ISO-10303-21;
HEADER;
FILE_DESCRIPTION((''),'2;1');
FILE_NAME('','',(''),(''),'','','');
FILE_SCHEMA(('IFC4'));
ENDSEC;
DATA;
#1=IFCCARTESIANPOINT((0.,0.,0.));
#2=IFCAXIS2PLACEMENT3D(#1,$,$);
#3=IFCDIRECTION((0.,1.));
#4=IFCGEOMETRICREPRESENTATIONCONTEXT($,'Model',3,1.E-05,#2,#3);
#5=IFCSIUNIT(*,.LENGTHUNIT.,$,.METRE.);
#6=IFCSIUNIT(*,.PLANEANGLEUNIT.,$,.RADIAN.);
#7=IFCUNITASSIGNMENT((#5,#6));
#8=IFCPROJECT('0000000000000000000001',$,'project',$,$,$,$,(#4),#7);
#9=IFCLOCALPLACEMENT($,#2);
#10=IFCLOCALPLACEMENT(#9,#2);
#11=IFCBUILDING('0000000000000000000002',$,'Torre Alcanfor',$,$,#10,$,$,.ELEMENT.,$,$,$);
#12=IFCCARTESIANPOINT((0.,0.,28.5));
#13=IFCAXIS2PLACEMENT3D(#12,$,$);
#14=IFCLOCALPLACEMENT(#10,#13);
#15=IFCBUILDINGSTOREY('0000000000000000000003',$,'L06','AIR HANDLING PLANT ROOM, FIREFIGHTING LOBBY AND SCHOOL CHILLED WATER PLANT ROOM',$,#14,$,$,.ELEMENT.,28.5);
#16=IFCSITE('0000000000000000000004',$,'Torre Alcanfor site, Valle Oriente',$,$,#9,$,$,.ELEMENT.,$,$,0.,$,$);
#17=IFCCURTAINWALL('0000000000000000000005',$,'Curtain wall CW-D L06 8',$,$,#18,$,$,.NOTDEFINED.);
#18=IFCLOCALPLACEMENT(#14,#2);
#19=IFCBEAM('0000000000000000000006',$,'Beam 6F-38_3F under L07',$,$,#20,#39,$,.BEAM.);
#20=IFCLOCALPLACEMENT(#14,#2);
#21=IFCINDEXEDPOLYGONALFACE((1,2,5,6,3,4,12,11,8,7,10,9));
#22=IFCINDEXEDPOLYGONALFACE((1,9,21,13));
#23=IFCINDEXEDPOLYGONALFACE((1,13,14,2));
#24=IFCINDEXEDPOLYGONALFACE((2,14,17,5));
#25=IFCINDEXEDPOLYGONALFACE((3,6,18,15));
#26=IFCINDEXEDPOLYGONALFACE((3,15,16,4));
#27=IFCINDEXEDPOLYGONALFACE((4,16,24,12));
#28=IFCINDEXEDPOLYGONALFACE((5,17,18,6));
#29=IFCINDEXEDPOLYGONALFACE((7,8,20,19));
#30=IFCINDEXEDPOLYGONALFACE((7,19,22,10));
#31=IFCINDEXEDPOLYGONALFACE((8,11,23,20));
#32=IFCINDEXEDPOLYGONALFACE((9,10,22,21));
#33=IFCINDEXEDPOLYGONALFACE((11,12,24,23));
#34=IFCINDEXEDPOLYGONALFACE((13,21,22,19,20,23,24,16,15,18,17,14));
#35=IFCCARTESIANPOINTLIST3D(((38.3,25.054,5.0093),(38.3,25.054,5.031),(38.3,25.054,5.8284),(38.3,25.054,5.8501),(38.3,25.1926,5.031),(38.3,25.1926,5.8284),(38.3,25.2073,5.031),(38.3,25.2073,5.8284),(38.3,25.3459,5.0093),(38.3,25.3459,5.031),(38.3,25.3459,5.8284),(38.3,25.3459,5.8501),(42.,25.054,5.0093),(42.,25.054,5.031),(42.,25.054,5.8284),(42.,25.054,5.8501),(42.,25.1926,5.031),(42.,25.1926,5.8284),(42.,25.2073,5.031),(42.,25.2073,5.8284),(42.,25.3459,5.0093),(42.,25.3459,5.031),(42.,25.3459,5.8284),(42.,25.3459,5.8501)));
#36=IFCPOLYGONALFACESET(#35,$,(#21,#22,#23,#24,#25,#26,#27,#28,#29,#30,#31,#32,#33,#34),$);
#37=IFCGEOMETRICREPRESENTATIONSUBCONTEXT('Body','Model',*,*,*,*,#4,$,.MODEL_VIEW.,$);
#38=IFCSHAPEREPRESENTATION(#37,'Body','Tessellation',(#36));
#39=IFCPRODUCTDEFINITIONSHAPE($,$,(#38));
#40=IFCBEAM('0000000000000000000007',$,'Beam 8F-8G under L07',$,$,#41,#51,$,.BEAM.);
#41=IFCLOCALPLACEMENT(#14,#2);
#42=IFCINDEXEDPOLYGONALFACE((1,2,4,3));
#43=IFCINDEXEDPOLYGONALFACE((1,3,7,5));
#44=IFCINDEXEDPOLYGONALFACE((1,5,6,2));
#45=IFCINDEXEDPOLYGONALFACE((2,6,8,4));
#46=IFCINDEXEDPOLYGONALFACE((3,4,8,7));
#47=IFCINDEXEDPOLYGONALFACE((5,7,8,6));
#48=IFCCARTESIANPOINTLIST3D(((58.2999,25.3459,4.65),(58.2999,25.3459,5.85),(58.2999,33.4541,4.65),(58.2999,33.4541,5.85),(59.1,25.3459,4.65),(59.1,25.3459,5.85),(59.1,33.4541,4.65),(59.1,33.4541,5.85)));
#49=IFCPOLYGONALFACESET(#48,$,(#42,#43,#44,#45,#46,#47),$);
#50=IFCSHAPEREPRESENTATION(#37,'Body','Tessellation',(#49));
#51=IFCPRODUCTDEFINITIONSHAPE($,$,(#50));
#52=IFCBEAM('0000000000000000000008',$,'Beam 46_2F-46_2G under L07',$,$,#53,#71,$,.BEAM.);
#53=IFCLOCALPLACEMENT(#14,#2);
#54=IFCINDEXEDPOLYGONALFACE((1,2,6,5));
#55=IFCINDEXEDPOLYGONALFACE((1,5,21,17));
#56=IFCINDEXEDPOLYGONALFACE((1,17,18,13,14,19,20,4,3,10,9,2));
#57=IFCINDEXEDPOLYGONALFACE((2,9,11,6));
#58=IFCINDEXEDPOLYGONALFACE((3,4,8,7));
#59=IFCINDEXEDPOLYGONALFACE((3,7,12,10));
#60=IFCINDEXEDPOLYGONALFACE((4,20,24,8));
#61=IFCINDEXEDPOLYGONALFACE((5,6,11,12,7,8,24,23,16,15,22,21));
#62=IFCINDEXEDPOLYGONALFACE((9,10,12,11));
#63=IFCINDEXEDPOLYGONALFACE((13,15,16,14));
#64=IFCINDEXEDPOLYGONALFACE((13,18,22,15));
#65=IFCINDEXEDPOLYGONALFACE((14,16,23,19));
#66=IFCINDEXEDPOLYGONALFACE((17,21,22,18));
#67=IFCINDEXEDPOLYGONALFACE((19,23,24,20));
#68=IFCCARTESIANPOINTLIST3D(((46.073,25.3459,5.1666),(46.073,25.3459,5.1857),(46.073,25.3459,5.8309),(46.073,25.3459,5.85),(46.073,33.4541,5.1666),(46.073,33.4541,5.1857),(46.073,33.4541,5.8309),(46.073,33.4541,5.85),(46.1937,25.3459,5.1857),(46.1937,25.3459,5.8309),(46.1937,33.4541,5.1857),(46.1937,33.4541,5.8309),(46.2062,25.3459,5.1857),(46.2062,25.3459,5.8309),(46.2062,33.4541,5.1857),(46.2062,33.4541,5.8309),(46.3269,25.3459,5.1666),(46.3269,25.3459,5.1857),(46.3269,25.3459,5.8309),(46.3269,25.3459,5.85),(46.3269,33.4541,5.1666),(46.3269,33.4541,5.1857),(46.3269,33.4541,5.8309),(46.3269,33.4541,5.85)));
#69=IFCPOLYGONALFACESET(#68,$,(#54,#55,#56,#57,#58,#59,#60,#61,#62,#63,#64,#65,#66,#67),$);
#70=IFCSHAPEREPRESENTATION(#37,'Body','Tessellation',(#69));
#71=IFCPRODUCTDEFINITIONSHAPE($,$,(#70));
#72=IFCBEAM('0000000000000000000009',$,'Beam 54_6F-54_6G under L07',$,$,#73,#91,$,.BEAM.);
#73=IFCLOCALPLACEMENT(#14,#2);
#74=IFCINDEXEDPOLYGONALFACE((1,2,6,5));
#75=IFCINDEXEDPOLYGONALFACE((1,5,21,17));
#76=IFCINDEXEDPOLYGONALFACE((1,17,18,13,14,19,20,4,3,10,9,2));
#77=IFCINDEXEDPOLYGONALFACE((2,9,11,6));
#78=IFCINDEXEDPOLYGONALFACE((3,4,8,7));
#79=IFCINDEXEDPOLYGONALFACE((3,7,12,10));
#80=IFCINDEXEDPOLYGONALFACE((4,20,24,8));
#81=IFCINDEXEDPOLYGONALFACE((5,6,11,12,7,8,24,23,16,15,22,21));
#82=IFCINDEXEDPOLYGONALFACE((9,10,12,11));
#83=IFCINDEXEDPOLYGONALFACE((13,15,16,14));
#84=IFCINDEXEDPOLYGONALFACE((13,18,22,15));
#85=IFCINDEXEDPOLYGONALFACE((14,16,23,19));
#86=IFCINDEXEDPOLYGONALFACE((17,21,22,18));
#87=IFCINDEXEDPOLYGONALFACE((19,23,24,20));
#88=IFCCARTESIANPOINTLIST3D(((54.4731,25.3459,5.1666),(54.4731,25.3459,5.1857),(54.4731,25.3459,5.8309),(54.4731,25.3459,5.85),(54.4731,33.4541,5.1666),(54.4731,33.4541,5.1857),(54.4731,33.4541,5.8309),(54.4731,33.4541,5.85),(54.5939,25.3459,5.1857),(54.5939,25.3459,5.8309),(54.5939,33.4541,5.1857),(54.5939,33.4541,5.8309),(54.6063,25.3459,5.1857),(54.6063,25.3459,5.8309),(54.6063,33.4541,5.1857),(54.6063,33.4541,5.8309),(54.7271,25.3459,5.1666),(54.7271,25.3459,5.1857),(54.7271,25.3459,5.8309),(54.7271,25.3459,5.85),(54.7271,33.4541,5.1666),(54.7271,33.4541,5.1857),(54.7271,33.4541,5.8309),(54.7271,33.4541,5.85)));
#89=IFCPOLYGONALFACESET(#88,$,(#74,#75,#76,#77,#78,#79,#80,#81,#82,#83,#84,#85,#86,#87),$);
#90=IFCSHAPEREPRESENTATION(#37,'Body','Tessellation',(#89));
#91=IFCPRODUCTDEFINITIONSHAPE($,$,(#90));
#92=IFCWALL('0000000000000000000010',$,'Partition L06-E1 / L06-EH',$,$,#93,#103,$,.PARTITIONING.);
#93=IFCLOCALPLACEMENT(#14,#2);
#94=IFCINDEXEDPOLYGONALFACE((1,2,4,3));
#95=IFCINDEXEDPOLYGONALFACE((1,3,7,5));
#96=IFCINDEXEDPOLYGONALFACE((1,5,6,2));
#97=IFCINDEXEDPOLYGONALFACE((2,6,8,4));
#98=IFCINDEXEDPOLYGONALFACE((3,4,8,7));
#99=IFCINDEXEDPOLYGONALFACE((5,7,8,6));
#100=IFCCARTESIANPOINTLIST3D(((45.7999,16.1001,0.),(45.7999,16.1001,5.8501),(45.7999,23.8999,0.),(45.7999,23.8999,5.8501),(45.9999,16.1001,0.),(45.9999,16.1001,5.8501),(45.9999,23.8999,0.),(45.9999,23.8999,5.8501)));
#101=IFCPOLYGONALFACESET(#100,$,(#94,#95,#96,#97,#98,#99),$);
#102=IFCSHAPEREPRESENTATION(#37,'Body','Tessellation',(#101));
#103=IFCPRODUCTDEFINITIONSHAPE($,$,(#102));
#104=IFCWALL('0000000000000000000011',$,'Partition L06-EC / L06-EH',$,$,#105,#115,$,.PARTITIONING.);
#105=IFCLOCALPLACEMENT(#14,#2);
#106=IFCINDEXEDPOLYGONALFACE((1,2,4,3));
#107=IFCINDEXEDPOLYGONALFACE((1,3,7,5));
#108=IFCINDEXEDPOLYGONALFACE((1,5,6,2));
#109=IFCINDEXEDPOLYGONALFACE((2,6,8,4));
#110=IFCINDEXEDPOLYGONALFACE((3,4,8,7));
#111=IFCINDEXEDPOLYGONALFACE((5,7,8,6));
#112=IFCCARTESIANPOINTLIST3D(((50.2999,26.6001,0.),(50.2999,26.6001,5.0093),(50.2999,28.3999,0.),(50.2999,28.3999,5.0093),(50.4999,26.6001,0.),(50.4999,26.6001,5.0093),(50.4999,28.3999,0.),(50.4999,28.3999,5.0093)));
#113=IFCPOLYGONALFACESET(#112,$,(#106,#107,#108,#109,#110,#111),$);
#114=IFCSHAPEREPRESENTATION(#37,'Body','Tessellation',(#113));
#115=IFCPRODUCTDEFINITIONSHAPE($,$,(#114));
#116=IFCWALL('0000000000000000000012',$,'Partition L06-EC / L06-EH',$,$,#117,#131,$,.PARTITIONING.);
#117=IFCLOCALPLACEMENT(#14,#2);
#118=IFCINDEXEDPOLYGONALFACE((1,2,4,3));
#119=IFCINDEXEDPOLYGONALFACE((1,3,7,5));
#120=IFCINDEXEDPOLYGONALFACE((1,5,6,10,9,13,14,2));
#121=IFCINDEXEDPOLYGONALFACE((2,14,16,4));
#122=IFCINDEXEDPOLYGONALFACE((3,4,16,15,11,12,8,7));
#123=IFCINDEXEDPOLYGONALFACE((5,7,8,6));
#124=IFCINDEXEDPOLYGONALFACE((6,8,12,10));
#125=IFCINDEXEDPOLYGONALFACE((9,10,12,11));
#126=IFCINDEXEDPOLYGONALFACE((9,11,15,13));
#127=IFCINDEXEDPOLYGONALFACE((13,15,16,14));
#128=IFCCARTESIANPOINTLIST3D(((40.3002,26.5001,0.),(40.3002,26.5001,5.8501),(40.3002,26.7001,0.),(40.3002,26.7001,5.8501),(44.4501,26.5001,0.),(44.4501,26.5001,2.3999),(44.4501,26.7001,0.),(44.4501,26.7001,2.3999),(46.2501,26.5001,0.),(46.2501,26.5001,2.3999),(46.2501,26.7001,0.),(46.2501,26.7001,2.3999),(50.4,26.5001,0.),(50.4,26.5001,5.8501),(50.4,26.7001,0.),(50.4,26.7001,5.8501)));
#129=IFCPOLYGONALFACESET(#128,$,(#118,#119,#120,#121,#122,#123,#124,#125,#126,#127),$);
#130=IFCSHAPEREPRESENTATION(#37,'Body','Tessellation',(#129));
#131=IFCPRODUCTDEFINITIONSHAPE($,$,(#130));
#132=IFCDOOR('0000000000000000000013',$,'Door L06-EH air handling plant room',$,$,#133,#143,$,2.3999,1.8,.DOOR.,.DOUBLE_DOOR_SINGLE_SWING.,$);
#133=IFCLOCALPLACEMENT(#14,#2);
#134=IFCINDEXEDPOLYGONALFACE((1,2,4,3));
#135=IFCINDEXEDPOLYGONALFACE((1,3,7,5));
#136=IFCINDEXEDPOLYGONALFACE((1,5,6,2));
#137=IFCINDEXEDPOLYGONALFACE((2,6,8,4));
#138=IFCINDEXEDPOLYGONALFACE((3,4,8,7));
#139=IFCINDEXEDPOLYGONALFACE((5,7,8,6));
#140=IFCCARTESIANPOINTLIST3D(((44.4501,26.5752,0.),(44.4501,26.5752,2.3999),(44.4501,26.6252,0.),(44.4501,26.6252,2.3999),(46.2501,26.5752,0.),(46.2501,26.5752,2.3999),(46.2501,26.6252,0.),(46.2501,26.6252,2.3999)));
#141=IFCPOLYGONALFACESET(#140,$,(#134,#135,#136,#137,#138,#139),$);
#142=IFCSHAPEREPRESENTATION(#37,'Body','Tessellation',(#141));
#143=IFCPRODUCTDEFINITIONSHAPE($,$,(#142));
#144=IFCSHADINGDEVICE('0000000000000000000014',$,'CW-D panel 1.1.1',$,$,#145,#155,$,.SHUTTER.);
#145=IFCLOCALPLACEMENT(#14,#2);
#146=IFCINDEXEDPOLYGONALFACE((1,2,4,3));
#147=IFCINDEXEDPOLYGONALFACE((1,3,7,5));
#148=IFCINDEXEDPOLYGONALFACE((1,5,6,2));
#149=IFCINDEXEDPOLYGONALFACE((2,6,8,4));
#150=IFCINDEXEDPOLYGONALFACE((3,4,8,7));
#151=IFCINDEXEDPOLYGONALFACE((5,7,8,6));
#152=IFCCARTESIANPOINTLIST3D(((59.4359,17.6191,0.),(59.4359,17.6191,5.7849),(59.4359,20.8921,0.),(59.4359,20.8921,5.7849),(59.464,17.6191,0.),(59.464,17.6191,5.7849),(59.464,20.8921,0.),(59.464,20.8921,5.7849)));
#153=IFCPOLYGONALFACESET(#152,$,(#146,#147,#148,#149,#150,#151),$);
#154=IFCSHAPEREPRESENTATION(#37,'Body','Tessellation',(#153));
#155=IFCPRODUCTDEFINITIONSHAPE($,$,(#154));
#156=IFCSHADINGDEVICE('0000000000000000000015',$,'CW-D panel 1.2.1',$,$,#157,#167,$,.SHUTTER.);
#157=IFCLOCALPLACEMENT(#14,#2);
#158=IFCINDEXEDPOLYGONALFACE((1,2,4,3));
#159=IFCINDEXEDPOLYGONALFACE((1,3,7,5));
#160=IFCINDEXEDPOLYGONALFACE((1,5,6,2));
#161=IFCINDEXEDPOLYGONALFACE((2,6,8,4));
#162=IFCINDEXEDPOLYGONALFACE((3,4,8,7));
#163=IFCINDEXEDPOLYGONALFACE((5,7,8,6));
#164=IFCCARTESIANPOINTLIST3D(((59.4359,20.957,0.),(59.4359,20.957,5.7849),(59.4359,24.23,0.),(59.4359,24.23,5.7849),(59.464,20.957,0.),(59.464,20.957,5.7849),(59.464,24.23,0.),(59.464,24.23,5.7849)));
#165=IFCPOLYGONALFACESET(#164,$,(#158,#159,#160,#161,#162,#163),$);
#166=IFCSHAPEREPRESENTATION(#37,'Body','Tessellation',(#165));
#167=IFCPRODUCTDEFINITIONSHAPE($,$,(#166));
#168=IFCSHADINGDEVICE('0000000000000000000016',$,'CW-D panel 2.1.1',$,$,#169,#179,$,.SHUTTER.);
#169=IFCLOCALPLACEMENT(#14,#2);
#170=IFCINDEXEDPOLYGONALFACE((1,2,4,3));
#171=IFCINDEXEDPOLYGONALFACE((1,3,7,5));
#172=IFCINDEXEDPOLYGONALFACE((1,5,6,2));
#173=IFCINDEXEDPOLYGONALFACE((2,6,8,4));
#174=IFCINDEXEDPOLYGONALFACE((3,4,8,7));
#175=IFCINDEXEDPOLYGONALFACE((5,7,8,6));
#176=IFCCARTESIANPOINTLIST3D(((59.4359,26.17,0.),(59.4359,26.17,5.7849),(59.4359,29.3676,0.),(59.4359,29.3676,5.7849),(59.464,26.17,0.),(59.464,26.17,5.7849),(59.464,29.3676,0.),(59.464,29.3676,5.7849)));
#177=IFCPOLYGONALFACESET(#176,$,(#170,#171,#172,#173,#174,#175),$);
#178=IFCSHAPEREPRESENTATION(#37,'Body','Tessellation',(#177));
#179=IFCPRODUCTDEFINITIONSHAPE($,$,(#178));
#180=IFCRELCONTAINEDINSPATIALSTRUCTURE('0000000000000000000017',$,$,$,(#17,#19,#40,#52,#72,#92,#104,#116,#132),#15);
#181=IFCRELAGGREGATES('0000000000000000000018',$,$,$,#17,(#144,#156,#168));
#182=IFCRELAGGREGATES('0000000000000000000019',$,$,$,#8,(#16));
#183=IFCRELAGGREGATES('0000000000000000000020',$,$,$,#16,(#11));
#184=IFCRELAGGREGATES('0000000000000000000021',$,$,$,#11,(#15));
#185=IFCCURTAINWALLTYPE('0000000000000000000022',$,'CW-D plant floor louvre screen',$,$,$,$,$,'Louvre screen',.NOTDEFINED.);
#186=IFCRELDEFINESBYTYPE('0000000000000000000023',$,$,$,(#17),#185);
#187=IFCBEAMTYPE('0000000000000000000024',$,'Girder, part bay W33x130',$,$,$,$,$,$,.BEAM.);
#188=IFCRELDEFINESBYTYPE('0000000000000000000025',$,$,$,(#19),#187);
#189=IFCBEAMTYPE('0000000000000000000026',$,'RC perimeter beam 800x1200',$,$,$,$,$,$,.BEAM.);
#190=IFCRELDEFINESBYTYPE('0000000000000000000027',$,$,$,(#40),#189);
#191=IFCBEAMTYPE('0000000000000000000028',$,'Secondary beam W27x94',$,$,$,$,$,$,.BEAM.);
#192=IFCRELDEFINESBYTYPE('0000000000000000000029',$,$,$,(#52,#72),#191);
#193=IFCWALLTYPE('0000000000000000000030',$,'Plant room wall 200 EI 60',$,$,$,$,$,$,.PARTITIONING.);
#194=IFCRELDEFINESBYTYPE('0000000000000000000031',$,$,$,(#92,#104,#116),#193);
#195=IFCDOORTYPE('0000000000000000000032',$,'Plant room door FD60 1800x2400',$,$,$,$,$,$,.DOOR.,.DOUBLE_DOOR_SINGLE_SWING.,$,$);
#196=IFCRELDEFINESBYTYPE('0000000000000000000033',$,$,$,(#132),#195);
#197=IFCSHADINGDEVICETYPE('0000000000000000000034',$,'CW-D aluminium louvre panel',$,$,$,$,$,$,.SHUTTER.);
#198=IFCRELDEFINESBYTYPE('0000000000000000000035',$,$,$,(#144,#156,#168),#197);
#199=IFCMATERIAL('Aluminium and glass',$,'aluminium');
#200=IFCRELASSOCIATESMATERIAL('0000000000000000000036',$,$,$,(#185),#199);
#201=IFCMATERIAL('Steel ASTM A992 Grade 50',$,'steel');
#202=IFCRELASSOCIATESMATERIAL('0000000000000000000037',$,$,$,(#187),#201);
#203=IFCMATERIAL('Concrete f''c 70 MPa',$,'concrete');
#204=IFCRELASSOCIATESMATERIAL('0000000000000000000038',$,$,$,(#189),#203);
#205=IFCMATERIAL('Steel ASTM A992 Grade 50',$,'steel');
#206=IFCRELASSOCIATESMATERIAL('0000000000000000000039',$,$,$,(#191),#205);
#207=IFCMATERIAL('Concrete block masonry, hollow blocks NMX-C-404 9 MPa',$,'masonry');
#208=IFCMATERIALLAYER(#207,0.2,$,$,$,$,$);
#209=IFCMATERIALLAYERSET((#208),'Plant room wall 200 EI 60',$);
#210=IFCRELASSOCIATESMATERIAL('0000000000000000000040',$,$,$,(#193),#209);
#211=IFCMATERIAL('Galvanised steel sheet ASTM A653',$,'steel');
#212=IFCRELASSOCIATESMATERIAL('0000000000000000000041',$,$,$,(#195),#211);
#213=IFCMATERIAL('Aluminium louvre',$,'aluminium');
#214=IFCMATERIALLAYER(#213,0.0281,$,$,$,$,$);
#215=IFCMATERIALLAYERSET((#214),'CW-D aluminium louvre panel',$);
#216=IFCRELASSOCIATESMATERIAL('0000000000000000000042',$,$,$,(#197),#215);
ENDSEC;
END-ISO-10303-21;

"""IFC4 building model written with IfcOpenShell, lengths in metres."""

from ifc_helpers import new_model, si_unit, direction, frame, frame_2d, origin, origin_2d, place, context, subcontext, project, spatial, rectangle, i_section, extrude, material, layer, layer_set, material_profile, profile_set, type_object, element, fill, aggregate, save


model = new_model("IFC4")

# Units and contexts
model_context = context("Model", 3, precision=1e-05, world=origin(), true_north=direction((0.0, 1.0)))
body_context = subcontext(model_context, "Body", "Model", "MODEL_VIEW")
ifc_project = project(units=[si_unit("LENGTHUNIT", "METRE"), si_unit("PLANEANGLEUNIT", "RADIAN")], contexts=[model_context])

# Site, building, storey
site_placement = place(None, origin())
site = spatial("IfcSite", under=ifc_project, at=site_placement, Name="Torre Alcanfor site, Valle Oriente", CompositionType="ELEMENT", RefElevation=0.0)
building_placement = place(site_placement, origin())
building = spatial("IfcBuilding", under=site, at=building_placement, Name="Torre Alcanfor", CompositionType="ELEMENT")
storey_placement = place(building_placement, frame((0.0, 0.0, 28.5)))
storey = spatial("IfcBuildingStorey", under=building, at=storey_placement, Name="L06", Description="AIR HANDLING PLANT ROOM, FIREFIGHTING LOBBY AND SCHOOL CHILLED WATER PLANT ROOM", CompositionType="ELEMENT", Elevation=28.5)

# Curtain wall
ifc_material_1 = material(Name="Aluminium and glass", Category="aluminium")
curtain_wall_type = type_object("IfcCurtainWallType", Name="CW-D plant floor louvre screen", ElementType="Louvre screen", PredefinedType="NOTDEFINED", material=ifc_material_1)
curtain_wall_placement = place(storey_placement, origin())
curtain_wall = element("IfcCurtainWall", 1, at=curtain_wall_placement, inside=storey, type_object=curtain_wall_type, Name="Curtain wall CW-D L06 8", PredefinedType="NOTDEFINED")

# Beams
ifc_material_2 = material(Name="Steel ASTM A992 Grade 50", Category="steel")
ifc_material_profile_1 = material_profile(ifc_material_2, i_section(OverallWidth=0.292, OverallDepth=0.8408, WebThickness=0.0146, FlangeThickness=0.0217, at=origin_2d()), Name="W33x130")
ifc_profile_set_1 = profile_set([ifc_material_profile_1], Name="Steel ASTM A992 Grade 50")
beam_type_1 = type_object("IfcBeamType", Name="Girder, part bay W33x130", PredefinedType="BEAM", material=ifc_profile_set_1)
beam_1_placement = place(storey_placement, frame((42.0, 25.2, 5.4297), z_axis=(-1.0, 0.0, 0.0), x_axis=(0.0, -1.0, 0.0)))
element("IfcBeam", 2, at=beam_1_placement, inside=storey, type_object=beam_type_1, Name="Beam 6F-38_3F under L07", PredefinedType="BEAM", context=body_context, shape_type="SweptSolid", body=[
    extrude(i_section(OverallWidth=0.292, OverallDepth=0.8408, WebThickness=0.0146, FlangeThickness=0.0217, at=origin_2d()), origin(), (0.0, 0.0, 1.0), 3.7),
])
ifc_material_3 = material(Name="Concrete f'c 70 MPa", Category="concrete")
ifc_material_profile_2 = material_profile(ifc_material_3, rectangle(XDim=0.8, YDim=1.2, at=origin_2d()), Name="800x1200")
ifc_profile_set_2 = profile_set([ifc_material_profile_2], Name="Concrete f'c 70 MPa")
beam_type_2 = type_object("IfcBeamType", Name="RC perimeter beam 800x1200", PredefinedType="BEAM", material=ifc_profile_set_2)
beam_2_placement = place(storey_placement, frame((58.7, 25.3459, 5.25), z_axis=(0.0, 1.0, 0.0), x_axis=(-1.0, 0.0, 0.0)))
element("IfcBeam", 3, at=beam_2_placement, inside=storey, type_object=beam_type_2, Name="Beam 8F-8G under L07", PredefinedType="BEAM", context=body_context, shape_type="SweptSolid", body=[
    extrude(rectangle(XDim=0.8, YDim=1.2, at=origin_2d()), origin(), (0.0, 0.0, 1.0), 8.1082),
])
ifc_material_4 = material(Name="Steel ASTM A992 Grade 50", Category="steel")
ifc_material_profile_3 = material_profile(ifc_material_4, i_section(OverallWidth=0.2539, OverallDepth=0.6833, WebThickness=0.0125, FlangeThickness=0.019, at=origin_2d()), Name="W27x94")
ifc_profile_set_3 = profile_set([ifc_material_profile_3], Name="Steel ASTM A992 Grade 50")
beam_type_3 = type_object("IfcBeamType", Name="Secondary beam W27x94", PredefinedType="BEAM", material=ifc_profile_set_3)
for number, where, z_axis, x_axis, name in (
    (4, (46.2, 25.3459, 5.5083), (0.0, 1.0, 0.0), (-1.0, 0.0, 0.0), "Beam 46_2F-46_2G under L07"),
    (5, (54.6001, 25.3459, 5.5083), (0.0, 1.0, 0.0), (-1.0, 0.0, 0.0), "Beam 54_6F-54_6G under L07"),
):
    element("IfcBeam", number, at=place(storey_placement, frame(where, z_axis=z_axis, x_axis=x_axis)), inside=storey, type_object=beam_type_3, Name=name, PredefinedType="BEAM", context=body_context, shape_type="SweptSolid", body=[
        extrude(i_section(OverallWidth=0.2539, OverallDepth=0.6833, WebThickness=0.0125, FlangeThickness=0.019, at=origin_2d()), origin(), (0.0, 0.0, 1.0), 8.1082),
    ])

# Wall
ifc_material_5 = material(Name="Concrete block masonry, hollow blocks NMX-C-404 9 MPa", Category="masonry")
ifc_layer_1 = layer(ifc_material_5, 0.2)
ifc_layer_set_1 = layer_set([ifc_layer_1], Name="Plant room wall 200 EI 60")
wall_type = type_object("IfcWallType", Name="Plant room wall 200 EI 60", PredefinedType="PARTITIONING", material=ifc_layer_set_1)
wall_1_placement = place(storey_placement, frame((45.8999, 23.8999, 0.0), z_axis=(0.0, 0.0, 1.0), x_axis=(0.0, -1.0, 0.0)))
element("IfcWall", 6, at=wall_1_placement, inside=storey, type_object=wall_type, Name="Partition L06-E1 / L06-EH", PredefinedType="PARTITIONING", context=body_context, shape_type="SweptSolid", body=[
    extrude(rectangle(XDim=7.7998, YDim=0.2, at=frame_2d((3.8999, 0.0))), origin(), (0.0, 0.0, 1.0), 5.8501),
])

# Shared definitions
ifc_material_6 = material(Name="Galvanised steel sheet ASTM A653", Category="steel")
door_type = type_object("IfcDoorType", Name="Plant room door FD60 1800x2400", OperationType="DOUBLE_DOOR_SINGLE_SWING", PredefinedType="DOOR", material=ifc_material_6)

# Wall
wall_2_placement = place(storey_placement, frame((50.3999, 28.3999, 0.0), z_axis=(0.0, 0.0, 1.0), x_axis=(0.0, -1.0, 0.0)))
element("IfcWall", 7, at=wall_2_placement, inside=storey, type_object=wall_type, Name="Partition L06-EC / L06-EH", PredefinedType="PARTITIONING", context=body_context, shape_type="SweptSolid", body=[
    extrude(rectangle(XDim=1.7998, YDim=0.2, at=frame_2d((0.8999, 0.0))), origin(), (0.0, 0.0, 1.0), 5.0093),
])

# Wall, opening, door
wall_3_placement = place(storey_placement, frame((50.3999, 26.6001, 0.0), z_axis=(0.0, 0.0, 1.0), x_axis=(-1.0, 0.0, 0.0)))
wall_3 = element("IfcWall", 8, at=wall_3_placement, inside=storey, type_object=wall_type, Name="Partition L06-EC / L06-EH", PredefinedType="PARTITIONING", context=body_context, shape_type="SweptSolid", body=[
    extrude(rectangle(XDim=10.0999, YDim=0.2, at=frame_2d((5.0498, 0.0))), origin(), (0.0, 0.0, 1.0), 5.8501),
])
opening_1_placement = place(wall_3_placement, frame((4.1499, 0.0, 0.0)))
opening_1 = element("IfcOpeningElement", 9, at=opening_1_placement, cuts=wall_3, PredefinedType="OPENING", context=body_context, shape_type="SweptSolid", body=[
    extrude(rectangle(XDim=1.8, YDim=2.3999, at=frame_2d((0.8999, 1.2))), frame((0.0, 0.1099, 0.0), z_axis=(0.0, -1.0, 0.0), x_axis=(1.0, 0.0, 0.0)), (0.0, 0.0, 1.0), 0.22),
])
door_1_placement = place(opening_1_placement, origin())
door_1 = element("IfcDoor", 10, at=door_1_placement, inside=storey, type_object=door_type, Name="Door L06-EH air handling plant room", OperationType="DOUBLE_DOOR_SINGLE_SWING", OverallHeight=2.3999, OverallWidth=1.8, PredefinedType="DOOR", context=body_context, shape_type="SweptSolid", body=[
    extrude(rectangle(XDim=1.8, YDim=2.3999, at=frame_2d((0.8999, 1.2))), frame((0.0, 0.0249, 0.0), z_axis=(0.0, -1.0, 0.0), x_axis=(1.0, 0.0, 0.0)), (0.0, 0.0, 1.0), 0.05),
])
fill(opening_1, door_1)

# Shading devices
ifc_material_7 = material(Name="Aluminium louvre", Category="aluminium")
ifc_layer_2 = layer(ifc_material_7, 0.0281)
ifc_layer_set_2 = layer_set([ifc_layer_2], Name="CW-D aluminium louvre panel")
shading_device_type = type_object("IfcShadingDeviceType", Name="CW-D aluminium louvre panel", PredefinedType="SHUTTER", material=ifc_layer_set_2)
shading_device_1_placement = place(storey_placement, frame((59.45, 19.2556, 0.0), z_axis=(0.0, 0.0, 1.0), x_axis=(0.0, 1.0, 0.0)))
shading_device_1 = element("IfcShadingDevice", 11, at=shading_device_1_placement, type_object=shading_device_type, Name="CW-D panel 1.1.1", PredefinedType="SHUTTER", context=body_context, shape_type="SweptSolid", body=[
    extrude(rectangle(XDim=3.2729, YDim=0.0281, at=origin_2d()), origin(), (0.0, 0.0, 1.0), 5.7849),
])
shading_device_2_placement = place(storey_placement, frame((59.45, 22.5935, 0.0), z_axis=(0.0, 0.0, 1.0), x_axis=(0.0, 1.0, 0.0)))
shading_device_2 = element("IfcShadingDevice", 12, at=shading_device_2_placement, type_object=shading_device_type, Name="CW-D panel 1.2.1", PredefinedType="SHUTTER", context=body_context, shape_type="SweptSolid", body=[
    extrude(rectangle(XDim=3.2729, YDim=0.0281, at=origin_2d()), origin(), (0.0, 0.0, 1.0), 5.7849),
])
shading_device_3_placement = place(storey_placement, frame((59.45, 27.7688, 0.0), z_axis=(0.0, 0.0, 1.0), x_axis=(0.0, 1.0, 0.0)))
shading_device_3 = element("IfcShadingDevice", 13, at=shading_device_3_placement, type_object=shading_device_type, Name="CW-D panel 2.1.1", PredefinedType="SHUTTER", context=body_context, shape_type="SweptSolid", body=[
    extrude(rectangle(XDim=3.1975, YDim=0.0281, at=origin_2d()), origin(), (0.0, 0.0, 1.0), 5.7849),
])
aggregate(curtain_wall, [shading_device_1, shading_device_2, shading_device_3])

save(model, "model.ifc")
